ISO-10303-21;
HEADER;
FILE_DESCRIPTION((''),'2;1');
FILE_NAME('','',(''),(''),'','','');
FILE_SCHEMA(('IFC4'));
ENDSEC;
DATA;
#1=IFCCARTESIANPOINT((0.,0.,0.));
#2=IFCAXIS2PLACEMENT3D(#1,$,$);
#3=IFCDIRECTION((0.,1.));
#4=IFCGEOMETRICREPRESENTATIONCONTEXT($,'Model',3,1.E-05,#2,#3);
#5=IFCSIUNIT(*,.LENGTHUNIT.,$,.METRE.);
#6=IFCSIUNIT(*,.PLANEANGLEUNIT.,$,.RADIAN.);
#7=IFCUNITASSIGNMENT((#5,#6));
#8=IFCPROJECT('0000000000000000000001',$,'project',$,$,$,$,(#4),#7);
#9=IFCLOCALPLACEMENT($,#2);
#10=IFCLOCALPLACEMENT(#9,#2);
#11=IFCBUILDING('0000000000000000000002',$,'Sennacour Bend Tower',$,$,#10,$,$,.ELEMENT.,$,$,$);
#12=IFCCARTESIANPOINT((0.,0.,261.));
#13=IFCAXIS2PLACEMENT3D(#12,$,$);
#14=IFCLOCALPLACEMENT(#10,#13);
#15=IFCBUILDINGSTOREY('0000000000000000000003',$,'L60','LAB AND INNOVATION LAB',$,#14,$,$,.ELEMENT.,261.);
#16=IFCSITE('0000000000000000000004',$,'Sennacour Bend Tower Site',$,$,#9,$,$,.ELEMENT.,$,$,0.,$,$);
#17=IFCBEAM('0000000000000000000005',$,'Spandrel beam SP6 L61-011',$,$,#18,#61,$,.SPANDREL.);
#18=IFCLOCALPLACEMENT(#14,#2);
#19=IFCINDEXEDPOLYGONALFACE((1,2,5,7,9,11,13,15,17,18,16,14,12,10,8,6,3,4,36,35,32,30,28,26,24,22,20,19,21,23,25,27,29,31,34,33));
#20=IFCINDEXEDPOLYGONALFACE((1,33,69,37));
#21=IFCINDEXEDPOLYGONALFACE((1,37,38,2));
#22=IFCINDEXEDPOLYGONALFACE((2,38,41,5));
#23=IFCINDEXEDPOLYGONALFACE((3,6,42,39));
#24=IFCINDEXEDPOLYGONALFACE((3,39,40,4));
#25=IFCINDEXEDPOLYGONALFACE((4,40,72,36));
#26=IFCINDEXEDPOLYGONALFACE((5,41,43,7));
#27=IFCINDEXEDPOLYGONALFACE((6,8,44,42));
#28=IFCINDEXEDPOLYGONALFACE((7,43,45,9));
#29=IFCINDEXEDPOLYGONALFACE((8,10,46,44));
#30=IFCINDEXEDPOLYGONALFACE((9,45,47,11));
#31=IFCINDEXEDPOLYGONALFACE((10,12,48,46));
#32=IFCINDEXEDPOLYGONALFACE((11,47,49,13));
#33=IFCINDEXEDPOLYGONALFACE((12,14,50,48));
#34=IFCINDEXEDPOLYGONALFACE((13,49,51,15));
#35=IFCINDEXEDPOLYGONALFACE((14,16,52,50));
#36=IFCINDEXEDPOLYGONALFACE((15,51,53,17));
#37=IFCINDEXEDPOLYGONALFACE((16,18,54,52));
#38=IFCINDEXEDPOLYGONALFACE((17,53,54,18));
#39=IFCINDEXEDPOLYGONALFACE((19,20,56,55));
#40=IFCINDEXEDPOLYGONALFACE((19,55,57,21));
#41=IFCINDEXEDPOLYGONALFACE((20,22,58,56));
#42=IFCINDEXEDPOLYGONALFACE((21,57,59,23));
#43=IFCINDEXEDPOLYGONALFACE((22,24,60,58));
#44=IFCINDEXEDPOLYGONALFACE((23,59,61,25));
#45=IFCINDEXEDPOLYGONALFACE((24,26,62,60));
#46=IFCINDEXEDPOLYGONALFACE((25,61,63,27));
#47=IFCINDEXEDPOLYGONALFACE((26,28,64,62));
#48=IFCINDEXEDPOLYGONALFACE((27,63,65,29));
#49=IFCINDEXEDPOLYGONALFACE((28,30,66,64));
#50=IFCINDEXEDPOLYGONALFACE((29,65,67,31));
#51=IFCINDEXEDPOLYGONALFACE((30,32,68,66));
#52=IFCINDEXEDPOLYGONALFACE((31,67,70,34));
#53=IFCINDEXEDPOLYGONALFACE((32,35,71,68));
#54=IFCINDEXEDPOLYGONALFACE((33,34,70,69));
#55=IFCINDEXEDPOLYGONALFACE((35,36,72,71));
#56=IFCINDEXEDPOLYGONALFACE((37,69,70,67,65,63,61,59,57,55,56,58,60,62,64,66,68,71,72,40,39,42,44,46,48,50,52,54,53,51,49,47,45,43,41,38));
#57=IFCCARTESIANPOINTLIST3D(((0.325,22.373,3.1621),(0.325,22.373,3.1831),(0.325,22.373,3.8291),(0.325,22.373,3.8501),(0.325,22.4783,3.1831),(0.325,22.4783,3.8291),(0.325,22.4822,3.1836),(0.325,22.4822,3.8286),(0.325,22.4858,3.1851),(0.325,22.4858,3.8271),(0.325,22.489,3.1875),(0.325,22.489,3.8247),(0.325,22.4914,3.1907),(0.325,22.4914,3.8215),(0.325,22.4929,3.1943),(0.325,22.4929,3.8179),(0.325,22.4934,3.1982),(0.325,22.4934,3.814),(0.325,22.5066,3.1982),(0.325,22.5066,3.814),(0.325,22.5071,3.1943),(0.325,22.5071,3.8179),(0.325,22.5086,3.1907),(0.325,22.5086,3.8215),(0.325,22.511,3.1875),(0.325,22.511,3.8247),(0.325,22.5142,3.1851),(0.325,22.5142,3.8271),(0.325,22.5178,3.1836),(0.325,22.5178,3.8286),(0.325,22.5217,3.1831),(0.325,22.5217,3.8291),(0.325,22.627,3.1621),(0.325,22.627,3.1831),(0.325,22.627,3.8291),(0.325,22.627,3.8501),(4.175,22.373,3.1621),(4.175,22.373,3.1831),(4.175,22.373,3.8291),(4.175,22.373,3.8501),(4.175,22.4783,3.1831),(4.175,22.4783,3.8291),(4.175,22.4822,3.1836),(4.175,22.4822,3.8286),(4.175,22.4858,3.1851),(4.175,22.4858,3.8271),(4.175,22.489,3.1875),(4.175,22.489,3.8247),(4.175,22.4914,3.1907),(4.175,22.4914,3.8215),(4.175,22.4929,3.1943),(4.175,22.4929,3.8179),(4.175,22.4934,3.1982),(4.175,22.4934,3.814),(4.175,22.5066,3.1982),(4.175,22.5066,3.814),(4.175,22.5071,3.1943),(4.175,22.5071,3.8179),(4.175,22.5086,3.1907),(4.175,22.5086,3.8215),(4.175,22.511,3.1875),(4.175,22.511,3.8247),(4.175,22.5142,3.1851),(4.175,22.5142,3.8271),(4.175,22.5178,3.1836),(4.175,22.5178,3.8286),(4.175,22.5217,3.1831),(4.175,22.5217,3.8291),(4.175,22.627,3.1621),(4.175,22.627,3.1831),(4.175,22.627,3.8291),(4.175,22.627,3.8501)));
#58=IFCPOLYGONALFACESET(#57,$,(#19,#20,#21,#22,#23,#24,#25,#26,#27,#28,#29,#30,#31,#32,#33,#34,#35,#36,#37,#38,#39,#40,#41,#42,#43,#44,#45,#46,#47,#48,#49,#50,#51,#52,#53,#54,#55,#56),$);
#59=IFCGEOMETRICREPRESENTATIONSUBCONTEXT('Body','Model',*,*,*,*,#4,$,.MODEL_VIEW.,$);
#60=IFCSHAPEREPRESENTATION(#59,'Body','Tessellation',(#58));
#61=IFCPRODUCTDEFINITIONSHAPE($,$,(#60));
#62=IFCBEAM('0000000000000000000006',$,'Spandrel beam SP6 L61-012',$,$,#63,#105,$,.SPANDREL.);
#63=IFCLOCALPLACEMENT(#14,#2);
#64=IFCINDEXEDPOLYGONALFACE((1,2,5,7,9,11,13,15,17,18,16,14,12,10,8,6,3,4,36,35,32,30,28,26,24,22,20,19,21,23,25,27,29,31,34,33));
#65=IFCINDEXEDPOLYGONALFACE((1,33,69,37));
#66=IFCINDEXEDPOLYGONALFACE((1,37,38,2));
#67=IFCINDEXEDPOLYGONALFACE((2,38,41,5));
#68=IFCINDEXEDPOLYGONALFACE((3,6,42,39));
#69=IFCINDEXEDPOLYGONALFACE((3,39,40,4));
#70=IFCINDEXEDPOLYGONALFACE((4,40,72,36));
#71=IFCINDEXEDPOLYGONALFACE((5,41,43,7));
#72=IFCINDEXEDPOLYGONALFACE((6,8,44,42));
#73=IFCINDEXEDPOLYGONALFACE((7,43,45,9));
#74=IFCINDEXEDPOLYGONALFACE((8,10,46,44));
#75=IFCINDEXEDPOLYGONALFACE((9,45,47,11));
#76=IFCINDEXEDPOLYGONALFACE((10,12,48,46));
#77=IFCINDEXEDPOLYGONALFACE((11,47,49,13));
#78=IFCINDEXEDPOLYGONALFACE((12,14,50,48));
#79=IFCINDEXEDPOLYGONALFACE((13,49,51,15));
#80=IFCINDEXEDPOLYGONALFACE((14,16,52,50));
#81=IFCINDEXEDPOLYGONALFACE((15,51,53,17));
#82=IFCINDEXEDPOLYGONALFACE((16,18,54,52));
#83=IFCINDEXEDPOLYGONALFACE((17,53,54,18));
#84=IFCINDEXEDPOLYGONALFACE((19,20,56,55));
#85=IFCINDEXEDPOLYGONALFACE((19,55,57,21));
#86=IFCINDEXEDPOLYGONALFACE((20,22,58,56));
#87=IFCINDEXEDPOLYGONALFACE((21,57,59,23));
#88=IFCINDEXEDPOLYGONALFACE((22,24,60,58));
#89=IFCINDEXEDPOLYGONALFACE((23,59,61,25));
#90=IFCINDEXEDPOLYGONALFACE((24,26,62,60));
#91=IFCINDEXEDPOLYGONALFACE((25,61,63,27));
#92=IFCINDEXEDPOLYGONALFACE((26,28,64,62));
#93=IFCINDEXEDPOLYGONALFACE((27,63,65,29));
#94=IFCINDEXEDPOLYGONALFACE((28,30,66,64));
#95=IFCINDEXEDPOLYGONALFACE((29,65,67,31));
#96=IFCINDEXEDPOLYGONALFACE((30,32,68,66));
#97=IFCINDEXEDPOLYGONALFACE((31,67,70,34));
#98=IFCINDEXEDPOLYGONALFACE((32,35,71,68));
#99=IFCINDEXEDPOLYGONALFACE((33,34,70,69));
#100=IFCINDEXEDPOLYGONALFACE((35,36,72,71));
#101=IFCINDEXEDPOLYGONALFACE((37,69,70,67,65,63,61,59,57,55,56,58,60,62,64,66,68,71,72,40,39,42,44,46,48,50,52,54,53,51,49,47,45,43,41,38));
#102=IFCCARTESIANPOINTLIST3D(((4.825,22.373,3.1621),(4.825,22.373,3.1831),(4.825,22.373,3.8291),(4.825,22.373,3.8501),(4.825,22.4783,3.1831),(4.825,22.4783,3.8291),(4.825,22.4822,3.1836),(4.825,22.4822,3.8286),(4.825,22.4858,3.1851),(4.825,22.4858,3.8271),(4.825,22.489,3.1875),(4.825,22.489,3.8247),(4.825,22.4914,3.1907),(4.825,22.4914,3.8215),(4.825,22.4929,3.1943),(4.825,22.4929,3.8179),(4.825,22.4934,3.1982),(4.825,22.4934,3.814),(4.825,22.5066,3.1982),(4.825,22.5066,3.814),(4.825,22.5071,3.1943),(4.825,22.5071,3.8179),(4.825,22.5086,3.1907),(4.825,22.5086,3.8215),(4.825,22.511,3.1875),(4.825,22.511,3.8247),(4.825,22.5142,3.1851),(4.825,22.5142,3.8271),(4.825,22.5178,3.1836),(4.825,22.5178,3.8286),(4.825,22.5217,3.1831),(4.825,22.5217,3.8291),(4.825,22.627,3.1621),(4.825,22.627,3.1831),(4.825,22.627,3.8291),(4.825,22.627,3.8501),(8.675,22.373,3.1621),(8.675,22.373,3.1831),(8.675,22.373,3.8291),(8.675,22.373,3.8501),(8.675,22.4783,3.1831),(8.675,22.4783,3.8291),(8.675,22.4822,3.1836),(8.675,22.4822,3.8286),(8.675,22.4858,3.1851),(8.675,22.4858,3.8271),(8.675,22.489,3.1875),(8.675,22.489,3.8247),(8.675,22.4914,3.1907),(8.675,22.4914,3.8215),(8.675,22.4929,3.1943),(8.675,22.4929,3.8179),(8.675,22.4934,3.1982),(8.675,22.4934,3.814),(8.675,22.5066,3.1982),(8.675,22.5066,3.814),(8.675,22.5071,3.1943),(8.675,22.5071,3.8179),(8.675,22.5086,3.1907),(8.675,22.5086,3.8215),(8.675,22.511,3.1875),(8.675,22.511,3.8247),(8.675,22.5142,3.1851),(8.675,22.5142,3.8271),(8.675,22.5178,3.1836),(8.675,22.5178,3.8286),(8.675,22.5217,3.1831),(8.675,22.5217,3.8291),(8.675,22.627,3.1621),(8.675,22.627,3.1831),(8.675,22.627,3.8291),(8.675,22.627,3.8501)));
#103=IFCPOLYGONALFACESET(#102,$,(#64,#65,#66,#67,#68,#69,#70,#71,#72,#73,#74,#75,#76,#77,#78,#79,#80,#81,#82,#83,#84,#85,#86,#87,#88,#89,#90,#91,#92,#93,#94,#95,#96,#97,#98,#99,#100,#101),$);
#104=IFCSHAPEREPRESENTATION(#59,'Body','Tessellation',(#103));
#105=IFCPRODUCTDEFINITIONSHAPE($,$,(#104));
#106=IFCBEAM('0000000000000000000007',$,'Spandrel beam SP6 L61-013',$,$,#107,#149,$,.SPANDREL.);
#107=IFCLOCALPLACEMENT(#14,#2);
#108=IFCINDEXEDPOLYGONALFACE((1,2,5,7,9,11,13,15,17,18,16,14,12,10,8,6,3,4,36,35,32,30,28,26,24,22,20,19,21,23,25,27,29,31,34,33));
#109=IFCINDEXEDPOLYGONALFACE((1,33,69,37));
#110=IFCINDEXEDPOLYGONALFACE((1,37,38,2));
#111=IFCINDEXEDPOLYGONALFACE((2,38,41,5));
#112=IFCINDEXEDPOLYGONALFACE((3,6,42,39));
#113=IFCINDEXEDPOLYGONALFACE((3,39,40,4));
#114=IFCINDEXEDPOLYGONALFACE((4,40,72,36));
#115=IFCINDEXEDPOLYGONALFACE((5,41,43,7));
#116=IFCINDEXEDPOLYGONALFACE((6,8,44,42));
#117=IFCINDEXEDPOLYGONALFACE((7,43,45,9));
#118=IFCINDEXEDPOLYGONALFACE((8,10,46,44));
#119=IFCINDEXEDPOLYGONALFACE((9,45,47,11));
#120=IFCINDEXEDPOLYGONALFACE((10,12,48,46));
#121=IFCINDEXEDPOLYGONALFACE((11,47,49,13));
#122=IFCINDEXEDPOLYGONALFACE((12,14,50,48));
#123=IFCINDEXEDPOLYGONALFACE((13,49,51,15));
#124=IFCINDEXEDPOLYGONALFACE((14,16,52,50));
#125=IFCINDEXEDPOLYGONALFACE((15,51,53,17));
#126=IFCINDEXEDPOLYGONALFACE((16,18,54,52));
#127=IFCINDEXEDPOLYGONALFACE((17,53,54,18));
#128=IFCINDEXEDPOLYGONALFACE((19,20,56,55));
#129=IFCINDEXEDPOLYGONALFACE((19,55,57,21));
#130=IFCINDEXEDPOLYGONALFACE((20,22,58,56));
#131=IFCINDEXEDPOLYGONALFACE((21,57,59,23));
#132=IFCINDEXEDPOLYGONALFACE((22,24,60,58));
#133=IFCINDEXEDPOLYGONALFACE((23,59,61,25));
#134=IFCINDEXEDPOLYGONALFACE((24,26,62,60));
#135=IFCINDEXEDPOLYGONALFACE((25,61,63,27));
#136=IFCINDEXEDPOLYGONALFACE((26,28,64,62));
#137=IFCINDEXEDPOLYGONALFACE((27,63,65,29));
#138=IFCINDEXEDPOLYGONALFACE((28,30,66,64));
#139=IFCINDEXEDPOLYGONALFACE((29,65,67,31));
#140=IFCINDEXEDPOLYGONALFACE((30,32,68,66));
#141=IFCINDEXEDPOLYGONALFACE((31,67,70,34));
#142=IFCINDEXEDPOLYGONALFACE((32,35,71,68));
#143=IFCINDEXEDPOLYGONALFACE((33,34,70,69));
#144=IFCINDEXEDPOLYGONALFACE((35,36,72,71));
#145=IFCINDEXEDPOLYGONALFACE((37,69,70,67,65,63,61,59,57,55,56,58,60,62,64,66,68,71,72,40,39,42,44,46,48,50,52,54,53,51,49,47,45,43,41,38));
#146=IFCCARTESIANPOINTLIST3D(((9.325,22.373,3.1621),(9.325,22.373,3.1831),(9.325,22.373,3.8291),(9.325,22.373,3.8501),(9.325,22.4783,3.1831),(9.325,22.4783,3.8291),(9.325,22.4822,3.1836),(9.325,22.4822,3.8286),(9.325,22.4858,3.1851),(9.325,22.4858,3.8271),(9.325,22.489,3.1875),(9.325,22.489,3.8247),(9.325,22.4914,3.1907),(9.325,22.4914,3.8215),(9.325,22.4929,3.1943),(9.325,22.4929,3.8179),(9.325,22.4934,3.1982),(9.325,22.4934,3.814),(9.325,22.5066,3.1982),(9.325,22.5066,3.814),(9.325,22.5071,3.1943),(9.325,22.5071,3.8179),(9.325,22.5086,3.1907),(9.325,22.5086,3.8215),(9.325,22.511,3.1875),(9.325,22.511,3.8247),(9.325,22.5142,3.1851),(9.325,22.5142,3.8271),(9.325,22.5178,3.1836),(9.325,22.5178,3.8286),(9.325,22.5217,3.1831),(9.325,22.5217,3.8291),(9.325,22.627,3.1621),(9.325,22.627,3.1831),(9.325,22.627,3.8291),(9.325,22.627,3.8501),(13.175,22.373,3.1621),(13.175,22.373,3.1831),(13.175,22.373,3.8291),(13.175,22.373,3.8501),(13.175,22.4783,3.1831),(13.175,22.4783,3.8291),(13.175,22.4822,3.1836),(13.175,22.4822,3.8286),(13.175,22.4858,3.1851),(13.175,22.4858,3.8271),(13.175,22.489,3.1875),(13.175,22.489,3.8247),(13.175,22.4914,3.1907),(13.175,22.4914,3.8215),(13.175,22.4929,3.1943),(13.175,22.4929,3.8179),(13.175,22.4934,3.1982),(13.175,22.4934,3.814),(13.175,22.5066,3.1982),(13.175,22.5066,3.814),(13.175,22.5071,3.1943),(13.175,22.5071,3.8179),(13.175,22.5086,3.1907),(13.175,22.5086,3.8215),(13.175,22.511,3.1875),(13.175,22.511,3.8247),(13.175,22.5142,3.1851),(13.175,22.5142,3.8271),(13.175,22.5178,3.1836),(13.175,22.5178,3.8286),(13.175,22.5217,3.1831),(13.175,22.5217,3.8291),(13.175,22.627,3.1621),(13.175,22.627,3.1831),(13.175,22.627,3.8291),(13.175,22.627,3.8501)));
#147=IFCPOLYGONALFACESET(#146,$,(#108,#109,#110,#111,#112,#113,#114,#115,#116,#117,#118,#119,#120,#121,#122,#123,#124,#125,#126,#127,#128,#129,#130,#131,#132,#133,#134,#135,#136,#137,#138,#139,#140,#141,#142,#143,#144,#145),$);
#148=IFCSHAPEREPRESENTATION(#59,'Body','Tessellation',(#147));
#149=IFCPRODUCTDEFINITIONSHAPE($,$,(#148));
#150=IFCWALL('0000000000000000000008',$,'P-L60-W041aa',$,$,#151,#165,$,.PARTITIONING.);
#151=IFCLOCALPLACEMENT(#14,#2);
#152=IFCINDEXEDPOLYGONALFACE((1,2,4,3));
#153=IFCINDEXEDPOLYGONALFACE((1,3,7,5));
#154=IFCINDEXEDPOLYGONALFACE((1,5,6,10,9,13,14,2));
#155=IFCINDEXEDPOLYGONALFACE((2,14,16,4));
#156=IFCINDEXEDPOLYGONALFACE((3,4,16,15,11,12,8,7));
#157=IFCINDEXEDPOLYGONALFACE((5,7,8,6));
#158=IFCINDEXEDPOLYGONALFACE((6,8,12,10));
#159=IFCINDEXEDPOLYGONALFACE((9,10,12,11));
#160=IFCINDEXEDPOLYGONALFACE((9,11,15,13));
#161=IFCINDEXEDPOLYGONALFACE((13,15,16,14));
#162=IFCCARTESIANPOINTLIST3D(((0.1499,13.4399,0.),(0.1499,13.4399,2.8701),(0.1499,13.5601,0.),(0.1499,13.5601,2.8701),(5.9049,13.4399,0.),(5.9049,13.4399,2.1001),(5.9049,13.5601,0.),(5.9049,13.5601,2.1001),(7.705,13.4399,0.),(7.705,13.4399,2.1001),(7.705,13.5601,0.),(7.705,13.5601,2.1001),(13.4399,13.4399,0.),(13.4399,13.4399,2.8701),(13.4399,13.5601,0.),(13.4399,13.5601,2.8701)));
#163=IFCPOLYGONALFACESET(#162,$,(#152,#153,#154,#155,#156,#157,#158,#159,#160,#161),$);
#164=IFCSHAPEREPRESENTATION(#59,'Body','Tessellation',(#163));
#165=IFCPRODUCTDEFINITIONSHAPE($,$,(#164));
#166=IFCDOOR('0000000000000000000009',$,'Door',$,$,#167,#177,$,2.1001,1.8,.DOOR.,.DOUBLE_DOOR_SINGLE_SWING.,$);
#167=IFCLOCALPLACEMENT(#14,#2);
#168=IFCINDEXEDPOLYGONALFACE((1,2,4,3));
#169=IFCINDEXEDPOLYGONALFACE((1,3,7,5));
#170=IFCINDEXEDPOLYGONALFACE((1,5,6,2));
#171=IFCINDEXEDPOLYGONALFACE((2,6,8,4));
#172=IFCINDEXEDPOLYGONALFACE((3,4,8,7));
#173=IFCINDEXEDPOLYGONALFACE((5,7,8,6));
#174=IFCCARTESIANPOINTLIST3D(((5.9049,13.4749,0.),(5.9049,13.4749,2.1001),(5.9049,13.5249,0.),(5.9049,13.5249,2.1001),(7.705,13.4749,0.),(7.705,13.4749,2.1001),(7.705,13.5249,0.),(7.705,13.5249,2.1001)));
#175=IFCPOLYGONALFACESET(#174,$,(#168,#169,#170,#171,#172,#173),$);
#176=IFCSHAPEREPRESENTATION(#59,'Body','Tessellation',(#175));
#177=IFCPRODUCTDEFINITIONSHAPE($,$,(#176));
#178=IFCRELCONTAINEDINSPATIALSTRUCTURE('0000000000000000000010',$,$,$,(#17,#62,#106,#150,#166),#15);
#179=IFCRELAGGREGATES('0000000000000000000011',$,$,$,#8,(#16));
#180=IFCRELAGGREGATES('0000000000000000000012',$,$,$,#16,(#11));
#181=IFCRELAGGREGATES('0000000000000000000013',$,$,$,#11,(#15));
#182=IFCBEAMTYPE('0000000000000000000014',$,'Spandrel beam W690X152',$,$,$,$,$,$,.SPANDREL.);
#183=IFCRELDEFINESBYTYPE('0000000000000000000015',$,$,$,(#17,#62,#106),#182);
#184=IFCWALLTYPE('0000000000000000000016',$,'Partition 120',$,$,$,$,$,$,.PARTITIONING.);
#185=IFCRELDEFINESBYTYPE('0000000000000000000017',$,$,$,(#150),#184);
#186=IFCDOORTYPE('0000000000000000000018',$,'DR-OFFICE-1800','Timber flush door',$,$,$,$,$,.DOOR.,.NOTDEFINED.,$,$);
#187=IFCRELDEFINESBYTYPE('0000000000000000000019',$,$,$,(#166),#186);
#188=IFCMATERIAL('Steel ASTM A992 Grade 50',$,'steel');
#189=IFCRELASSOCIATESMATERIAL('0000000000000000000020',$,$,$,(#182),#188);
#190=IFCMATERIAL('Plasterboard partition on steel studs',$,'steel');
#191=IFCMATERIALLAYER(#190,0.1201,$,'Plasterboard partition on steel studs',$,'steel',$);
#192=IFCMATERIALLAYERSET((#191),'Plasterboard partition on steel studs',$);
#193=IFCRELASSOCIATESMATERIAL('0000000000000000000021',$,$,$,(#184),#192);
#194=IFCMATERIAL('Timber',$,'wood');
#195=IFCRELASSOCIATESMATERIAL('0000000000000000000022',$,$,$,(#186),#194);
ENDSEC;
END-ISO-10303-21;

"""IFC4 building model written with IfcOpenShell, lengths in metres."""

from ifc_helpers import new_model, si_unit, direction, frame, frame_2d, origin, origin_2d, place, context, subcontext, project, spatial, rectangle, i_section, extrude, material, layer, layer_set, material_profile, profile_set, type_object, element, fill, save


model = new_model("IFC4")

# Units and contexts
model_context = context("Model", 3, precision=1e-05, world=origin(), true_north=direction((0.0, 1.0)))
body_context = subcontext(model_context, "Body", "Model", "MODEL_VIEW")
ifc_project = project(units=[si_unit("LENGTHUNIT", "METRE"), si_unit("PLANEANGLEUNIT", "RADIAN")], contexts=[model_context])

# Site, building, storey
site_placement = place(None, origin())
site = spatial("IfcSite", under=ifc_project, at=site_placement, Name="Sennacour Bend Tower Site", CompositionType="ELEMENT", RefElevation=0.0)
building_placement = place(site_placement, origin())
building = spatial("IfcBuilding", under=site, at=building_placement, Name="Sennacour Bend Tower", CompositionType="ELEMENT")
storey_placement = place(building_placement, frame((0.0, 0.0, 261.0)))
storey = spatial("IfcBuildingStorey", under=building, at=storey_placement, Name="L60", Description="LAB AND INNOVATION LAB", CompositionType="ELEMENT", Elevation=261.0)

# Beams
ifc_material_1 = material(Name="Steel ASTM A992 Grade 50", Category="steel")
ifc_material_profile_1 = material_profile(ifc_material_1, i_section(OverallWidth=0.2539, OverallDepth=0.688, WebThickness=0.0132, FlangeThickness=0.021, FilletRadius=0.0151, at=origin_2d()), Name="Steel ASTM A992 Grade 50", Category="steel")
ifc_profile_set_1 = profile_set([ifc_material_profile_1], Name="Steel ASTM A992 Grade 50")
beam_type = type_object("IfcBeamType", Name="Spandrel beam W690X152", PredefinedType="SPANDREL", material=ifc_profile_set_1)
for number, where, z_axis, x_axis, name in (
    (1, (0.325, 22.5, 3.5061), (1.0, 0.0, 0.0), (0.0, 1.0, 0.0), "Spandrel beam SP6 L61-011"),
    (2, (4.825, 22.5, 3.5061), (1.0, 0.0, 0.0), (0.0, 1.0, 0.0), "Spandrel beam SP6 L61-012"),
    (3, (9.325, 22.5, 3.5061), (1.0, 0.0, 0.0), (0.0, 1.0, 0.0), "Spandrel beam SP6 L61-013"),
):
    element("IfcBeam", number, at=place(storey_placement, frame(where, z_axis=z_axis, x_axis=x_axis)), inside=storey, type_object=beam_type, Name=name, PredefinedType="SPANDREL", context=body_context, shape_type="SweptSolid", body=[
        extrude(i_section(OverallWidth=0.2539, OverallDepth=0.688, WebThickness=0.0132, FlangeThickness=0.021, FilletRadius=0.0151, at=origin_2d()), origin(), (0.0, 0.0, 1.0), 3.8501),
    ])

# Wall, opening, door
ifc_material_2 = material(Name="Plasterboard partition on steel studs", Category="steel")
ifc_layer_1 = layer(ifc_material_2, 0.1201, Name="Plasterboard partition on steel studs", Category="steel")
ifc_layer_set_1 = layer_set([ifc_layer_1], Name="Plasterboard partition on steel studs")
wall_type_1 = type_object("IfcWallType", Name="Partition 120", PredefinedType="PARTITIONING", material=ifc_layer_set_1)
wall_1_placement = place(storey_placement, frame((0.1499, 13.5, 0.0), z_axis=(0.0, 0.0, 1.0), x_axis=(1.0, 0.0, 0.0)))
wall_1 = element("IfcWall", 4, at=wall_1_placement, inside=storey, type_object=wall_type_1, Name="P-L60-W041aa", PredefinedType="PARTITIONING", context=body_context, shape_type="SweptSolid", body=[
    extrude(rectangle(XDim=13.29, YDim=0.1201, at=frame_2d((6.645, 0.0))), origin(), (0.0, 0.0, 1.0), 2.8701),
])
opening_1_placement = place(wall_1_placement, frame((5.7551, 0.0, 0.0)))
opening_1 = element("IfcOpeningElement", 5, at=opening_1_placement, cuts=wall_1, PredefinedType="OPENING", context=body_context, shape_type="SweptSolid", body=[
    extrude(rectangle(XDim=1.8, YDim=2.1001, at=frame_2d((0.8999, 1.05))), frame((0.0, 0.0701, 0.0), z_axis=(0.0, -1.0, 0.0), x_axis=(1.0, 0.0, 0.0)), (0.0, 0.0, 1.0), 0.1401),
])
ifc_material_3 = material(Name="Timber", Category="wood")
door_type = type_object("IfcDoorType", Name="DR-OFFICE-1800", Description="Timber flush door", OperationType="NOTDEFINED", PredefinedType="DOOR", material=ifc_material_3)
door_placement = place(opening_1_placement, origin())
door = element("IfcDoor", 6, at=door_placement, inside=storey, type_object=door_type, Name="Door", OperationType="DOUBLE_DOOR_SINGLE_SWING", OverallHeight=2.1001, OverallWidth=1.8, PredefinedType="DOOR", context=body_context, shape_type="SweptSolid", body=[
    extrude(rectangle(XDim=1.8, YDim=2.1001, at=frame_2d((0.8999, 1.05))), frame((0.0, 0.0249, 0.0), z_axis=(0.0, -1.0, 0.0), x_axis=(1.0, 0.0, 0.0)), (0.0, 0.0, 1.0), 0.05),
])
fill(opening_1, door)

save(model, "model.ifc")
